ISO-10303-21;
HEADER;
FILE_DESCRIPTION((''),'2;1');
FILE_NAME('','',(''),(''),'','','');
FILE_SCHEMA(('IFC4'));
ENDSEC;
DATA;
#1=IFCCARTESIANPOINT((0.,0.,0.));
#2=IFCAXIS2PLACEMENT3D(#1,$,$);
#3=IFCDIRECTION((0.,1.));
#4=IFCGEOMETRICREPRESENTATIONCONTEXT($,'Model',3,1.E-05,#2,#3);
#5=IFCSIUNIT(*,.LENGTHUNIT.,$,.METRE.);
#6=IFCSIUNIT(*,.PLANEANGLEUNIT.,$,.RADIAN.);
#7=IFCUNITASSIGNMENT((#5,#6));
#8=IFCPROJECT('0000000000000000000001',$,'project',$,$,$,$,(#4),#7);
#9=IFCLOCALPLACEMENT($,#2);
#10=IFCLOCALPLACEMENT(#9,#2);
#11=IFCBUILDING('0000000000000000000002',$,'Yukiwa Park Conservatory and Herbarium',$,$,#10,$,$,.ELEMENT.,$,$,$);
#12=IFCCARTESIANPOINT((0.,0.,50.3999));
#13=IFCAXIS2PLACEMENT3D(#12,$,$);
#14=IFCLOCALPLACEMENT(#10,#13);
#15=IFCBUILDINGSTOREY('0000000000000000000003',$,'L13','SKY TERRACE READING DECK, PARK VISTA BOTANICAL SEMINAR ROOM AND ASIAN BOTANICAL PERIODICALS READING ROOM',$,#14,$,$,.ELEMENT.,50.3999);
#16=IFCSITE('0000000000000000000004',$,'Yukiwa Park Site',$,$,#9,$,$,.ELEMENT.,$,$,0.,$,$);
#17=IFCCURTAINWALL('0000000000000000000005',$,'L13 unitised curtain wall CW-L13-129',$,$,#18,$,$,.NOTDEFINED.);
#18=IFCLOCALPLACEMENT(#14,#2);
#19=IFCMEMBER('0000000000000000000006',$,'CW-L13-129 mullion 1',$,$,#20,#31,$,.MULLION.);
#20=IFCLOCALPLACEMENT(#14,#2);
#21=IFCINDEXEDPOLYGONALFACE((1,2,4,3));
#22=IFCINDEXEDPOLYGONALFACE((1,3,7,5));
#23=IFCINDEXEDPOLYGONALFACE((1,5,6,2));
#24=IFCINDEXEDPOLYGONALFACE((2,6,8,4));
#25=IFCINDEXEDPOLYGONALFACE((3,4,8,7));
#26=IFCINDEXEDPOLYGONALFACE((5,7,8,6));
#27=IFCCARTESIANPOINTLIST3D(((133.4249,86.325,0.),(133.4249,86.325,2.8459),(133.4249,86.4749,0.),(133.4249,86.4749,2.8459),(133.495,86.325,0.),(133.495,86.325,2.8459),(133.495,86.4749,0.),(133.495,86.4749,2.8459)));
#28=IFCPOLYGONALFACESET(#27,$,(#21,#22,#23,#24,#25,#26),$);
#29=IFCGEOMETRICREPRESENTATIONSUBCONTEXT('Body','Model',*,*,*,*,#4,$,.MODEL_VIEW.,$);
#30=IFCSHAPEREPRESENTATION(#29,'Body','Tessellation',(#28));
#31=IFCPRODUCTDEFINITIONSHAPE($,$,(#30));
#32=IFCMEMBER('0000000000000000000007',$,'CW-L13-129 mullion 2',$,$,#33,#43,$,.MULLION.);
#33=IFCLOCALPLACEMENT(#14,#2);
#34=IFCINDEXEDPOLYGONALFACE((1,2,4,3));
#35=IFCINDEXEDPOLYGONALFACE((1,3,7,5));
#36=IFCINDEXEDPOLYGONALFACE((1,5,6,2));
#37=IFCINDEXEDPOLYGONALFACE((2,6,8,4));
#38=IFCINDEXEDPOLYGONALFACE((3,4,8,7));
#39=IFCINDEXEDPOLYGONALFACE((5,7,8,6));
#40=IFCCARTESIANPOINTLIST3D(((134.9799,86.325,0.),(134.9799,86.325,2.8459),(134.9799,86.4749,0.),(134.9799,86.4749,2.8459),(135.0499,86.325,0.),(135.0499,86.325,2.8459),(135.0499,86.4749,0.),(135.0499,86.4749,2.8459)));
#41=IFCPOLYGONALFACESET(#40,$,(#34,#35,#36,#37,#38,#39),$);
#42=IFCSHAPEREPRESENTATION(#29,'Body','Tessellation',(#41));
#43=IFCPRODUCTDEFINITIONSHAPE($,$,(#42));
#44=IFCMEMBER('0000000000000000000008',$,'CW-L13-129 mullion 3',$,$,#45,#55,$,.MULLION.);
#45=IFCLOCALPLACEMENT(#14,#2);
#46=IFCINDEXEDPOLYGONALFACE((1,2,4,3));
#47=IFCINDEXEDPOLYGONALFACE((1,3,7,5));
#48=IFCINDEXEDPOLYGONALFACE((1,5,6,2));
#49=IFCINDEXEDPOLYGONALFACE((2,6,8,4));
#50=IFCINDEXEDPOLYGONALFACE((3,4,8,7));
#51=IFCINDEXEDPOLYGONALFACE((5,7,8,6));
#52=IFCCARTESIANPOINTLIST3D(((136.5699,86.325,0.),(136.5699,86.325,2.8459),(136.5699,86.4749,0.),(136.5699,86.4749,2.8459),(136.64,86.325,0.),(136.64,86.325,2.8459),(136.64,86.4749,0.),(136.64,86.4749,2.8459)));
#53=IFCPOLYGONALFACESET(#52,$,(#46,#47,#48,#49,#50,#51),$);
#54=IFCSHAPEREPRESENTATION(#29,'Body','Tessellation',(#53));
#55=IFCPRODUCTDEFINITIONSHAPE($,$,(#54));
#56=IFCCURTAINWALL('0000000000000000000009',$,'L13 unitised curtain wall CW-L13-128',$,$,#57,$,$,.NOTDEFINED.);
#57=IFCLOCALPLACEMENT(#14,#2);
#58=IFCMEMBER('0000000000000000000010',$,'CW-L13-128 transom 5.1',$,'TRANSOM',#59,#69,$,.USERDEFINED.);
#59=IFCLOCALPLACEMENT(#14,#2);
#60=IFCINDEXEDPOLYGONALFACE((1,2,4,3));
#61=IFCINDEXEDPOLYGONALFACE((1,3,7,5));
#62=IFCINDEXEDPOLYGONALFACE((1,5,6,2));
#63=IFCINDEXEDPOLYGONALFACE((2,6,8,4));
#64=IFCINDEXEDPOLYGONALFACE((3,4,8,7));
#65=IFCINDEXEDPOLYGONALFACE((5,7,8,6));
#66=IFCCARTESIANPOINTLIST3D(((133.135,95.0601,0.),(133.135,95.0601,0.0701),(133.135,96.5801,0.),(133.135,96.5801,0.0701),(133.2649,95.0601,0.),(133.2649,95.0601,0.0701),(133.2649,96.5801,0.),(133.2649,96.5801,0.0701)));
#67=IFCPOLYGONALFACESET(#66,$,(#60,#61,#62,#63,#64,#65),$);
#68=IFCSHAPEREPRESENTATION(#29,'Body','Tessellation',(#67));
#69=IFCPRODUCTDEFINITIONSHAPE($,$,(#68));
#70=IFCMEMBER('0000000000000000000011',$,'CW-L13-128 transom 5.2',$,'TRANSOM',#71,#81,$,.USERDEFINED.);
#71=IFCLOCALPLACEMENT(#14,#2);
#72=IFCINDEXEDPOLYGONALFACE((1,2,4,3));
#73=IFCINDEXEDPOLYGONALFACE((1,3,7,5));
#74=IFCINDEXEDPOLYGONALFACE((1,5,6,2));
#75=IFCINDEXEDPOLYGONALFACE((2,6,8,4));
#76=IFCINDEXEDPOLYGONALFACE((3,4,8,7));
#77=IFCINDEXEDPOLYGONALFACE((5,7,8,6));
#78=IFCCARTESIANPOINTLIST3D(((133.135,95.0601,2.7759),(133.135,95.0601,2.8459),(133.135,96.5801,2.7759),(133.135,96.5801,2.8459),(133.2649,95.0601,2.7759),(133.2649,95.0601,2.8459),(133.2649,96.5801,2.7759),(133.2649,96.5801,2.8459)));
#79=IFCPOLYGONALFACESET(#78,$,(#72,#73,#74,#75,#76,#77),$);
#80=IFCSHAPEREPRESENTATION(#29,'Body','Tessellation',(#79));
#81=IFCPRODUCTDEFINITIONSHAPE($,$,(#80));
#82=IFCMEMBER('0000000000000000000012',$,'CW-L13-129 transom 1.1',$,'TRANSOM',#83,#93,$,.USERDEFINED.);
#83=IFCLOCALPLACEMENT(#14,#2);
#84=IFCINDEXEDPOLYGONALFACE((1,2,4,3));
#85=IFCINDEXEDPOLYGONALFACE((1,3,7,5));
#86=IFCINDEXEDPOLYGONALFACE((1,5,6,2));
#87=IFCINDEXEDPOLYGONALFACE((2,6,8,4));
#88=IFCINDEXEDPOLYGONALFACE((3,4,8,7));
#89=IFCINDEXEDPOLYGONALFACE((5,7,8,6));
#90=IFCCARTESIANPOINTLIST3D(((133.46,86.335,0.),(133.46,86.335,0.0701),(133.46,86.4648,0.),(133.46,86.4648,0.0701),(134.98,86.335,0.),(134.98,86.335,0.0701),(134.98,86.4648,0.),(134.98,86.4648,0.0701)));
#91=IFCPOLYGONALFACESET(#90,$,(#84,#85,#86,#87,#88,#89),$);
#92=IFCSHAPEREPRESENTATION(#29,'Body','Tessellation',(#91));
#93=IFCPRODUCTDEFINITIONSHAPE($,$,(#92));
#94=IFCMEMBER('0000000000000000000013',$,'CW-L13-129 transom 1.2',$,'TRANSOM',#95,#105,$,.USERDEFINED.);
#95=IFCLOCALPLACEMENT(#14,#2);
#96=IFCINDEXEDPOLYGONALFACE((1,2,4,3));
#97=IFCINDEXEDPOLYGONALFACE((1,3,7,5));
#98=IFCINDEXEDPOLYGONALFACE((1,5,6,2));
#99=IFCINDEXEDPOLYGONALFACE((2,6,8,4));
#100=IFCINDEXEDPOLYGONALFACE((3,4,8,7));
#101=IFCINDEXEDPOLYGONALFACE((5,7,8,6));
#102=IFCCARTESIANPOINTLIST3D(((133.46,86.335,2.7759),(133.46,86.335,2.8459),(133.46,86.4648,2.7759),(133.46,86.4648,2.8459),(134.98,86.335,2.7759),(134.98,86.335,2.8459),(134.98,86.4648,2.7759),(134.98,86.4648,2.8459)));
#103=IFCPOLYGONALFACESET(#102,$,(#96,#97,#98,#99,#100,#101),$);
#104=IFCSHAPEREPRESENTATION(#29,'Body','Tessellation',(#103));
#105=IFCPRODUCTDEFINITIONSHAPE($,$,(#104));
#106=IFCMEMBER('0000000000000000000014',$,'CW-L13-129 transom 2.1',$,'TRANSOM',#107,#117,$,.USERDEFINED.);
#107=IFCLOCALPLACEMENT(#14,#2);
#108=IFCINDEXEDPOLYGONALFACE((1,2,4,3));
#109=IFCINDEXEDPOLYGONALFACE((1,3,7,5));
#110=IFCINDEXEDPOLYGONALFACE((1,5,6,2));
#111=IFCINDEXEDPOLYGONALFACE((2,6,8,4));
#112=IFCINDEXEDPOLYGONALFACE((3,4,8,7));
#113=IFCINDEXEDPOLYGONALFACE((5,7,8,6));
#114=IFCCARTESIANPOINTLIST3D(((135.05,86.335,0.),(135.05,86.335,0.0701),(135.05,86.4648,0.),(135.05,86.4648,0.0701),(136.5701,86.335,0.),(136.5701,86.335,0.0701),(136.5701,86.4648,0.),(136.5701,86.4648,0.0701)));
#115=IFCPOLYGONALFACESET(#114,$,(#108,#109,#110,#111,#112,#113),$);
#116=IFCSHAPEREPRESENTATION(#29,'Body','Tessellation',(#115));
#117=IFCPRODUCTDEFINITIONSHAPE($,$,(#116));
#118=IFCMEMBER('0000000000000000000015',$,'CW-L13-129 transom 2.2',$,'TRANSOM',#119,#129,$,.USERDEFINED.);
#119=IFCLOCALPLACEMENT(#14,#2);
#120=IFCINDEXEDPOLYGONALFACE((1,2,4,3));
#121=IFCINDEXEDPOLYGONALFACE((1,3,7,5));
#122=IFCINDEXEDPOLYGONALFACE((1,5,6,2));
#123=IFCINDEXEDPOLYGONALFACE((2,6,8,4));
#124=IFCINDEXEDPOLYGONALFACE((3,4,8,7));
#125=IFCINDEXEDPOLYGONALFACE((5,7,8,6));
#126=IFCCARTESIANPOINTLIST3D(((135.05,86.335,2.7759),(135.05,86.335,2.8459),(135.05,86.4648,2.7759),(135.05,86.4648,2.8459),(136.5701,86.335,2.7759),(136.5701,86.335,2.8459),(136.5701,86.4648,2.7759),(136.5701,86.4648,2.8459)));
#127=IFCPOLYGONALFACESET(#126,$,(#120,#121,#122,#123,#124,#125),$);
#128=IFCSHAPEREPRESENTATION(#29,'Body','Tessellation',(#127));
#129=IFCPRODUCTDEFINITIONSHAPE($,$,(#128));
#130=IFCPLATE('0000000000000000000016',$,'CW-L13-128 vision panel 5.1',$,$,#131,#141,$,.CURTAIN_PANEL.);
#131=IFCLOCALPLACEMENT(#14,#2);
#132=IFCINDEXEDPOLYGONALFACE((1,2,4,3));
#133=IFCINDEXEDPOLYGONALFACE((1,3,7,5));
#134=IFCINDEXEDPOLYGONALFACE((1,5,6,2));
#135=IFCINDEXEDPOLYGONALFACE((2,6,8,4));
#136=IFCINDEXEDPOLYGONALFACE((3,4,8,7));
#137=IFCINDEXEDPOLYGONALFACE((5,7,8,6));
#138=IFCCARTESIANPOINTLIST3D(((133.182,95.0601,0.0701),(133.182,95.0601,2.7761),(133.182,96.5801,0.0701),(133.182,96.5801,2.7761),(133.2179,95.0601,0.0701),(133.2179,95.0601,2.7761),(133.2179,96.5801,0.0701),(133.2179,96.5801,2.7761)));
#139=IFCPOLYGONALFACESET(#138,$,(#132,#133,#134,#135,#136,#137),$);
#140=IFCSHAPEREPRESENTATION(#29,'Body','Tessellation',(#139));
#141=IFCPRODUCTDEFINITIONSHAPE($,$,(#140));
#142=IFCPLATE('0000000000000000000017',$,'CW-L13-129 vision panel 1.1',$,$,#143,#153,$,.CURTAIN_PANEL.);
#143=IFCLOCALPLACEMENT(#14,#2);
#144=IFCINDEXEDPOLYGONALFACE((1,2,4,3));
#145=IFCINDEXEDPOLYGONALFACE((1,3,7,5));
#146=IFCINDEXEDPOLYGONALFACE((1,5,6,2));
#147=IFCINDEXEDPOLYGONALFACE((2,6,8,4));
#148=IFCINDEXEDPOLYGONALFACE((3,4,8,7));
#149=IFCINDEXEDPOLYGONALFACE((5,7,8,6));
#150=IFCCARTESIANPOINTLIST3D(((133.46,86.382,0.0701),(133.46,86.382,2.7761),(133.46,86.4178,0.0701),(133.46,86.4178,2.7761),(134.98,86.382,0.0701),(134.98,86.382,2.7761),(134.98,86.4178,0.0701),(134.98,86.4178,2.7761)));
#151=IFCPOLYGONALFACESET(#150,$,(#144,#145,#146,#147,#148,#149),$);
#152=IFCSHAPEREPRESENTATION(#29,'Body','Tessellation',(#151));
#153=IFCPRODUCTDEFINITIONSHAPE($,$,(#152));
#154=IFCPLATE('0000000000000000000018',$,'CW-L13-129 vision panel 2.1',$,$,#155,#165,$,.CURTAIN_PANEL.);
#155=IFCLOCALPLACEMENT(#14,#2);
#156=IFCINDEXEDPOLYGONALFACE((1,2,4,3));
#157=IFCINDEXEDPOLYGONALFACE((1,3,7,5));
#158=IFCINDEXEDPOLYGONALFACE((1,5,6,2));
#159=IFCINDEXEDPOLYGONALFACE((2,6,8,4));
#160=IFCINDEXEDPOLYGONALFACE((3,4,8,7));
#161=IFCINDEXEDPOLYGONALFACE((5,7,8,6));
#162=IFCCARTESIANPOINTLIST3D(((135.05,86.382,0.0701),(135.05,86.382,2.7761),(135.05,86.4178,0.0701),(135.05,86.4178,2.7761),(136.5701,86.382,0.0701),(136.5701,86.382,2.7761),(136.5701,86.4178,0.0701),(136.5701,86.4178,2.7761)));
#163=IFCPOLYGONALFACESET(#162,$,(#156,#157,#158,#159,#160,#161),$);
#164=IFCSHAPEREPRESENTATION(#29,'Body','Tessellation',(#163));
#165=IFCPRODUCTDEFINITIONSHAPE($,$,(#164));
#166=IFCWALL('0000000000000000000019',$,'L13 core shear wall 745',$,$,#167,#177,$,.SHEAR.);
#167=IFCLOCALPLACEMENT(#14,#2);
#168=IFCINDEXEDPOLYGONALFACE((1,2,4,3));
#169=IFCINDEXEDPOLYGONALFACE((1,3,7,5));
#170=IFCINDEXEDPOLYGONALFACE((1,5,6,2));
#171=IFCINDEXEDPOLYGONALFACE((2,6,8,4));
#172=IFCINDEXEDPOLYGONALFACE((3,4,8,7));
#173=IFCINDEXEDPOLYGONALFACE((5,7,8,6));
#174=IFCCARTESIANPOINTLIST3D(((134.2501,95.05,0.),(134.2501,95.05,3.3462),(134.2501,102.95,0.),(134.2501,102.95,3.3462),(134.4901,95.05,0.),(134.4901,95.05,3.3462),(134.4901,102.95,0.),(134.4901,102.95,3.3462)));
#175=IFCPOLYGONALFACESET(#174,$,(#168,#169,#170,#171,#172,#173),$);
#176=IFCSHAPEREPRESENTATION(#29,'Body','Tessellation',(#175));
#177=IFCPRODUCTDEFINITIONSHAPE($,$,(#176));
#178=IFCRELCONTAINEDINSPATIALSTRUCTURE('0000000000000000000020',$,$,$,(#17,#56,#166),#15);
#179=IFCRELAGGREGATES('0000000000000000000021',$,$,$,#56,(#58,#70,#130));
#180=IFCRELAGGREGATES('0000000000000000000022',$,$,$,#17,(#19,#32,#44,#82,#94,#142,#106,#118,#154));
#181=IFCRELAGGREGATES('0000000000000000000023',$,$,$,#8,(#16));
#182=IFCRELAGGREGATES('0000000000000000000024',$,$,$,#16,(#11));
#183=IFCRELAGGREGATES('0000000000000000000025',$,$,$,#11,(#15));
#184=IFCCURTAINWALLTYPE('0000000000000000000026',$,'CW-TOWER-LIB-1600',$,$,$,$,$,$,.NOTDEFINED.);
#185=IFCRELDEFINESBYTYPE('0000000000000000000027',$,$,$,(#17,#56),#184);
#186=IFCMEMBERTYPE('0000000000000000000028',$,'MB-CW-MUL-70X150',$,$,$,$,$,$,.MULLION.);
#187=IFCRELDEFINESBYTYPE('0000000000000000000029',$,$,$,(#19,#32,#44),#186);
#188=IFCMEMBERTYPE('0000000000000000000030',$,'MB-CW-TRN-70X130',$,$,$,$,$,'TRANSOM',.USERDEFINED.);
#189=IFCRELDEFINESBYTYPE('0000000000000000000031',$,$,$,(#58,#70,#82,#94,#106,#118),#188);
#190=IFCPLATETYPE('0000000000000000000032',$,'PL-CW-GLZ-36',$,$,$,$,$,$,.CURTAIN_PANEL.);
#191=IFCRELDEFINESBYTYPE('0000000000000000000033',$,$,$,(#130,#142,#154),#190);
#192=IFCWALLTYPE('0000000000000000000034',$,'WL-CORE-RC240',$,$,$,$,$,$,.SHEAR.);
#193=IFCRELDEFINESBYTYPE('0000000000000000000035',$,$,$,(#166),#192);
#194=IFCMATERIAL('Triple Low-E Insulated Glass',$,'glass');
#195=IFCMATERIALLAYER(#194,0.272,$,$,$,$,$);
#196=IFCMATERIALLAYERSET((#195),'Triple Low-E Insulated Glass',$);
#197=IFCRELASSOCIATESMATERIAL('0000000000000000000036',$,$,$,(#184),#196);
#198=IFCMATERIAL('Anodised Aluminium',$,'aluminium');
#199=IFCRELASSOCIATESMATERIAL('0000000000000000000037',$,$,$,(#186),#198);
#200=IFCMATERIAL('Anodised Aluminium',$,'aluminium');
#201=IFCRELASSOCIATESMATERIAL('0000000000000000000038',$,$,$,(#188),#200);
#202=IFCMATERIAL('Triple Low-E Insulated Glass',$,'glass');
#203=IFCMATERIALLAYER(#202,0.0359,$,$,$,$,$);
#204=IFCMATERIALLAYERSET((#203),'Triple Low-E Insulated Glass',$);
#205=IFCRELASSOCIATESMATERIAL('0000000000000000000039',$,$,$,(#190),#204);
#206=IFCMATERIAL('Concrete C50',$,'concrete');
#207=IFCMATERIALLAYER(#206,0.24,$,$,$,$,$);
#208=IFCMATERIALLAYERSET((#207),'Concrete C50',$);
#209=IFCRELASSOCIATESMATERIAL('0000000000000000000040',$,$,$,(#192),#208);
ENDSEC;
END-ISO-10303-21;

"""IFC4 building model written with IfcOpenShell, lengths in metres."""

from ifc_helpers import new_model, si_unit, direction, frame, frame_2d, origin, origin_2d, place, context, subcontext, project, spatial, rectangle, extrude, material, layer, layer_set, type_object, element, aggregate, save


model = new_model("IFC4")

# Units and contexts
model_context = context("Model", 3, precision=1e-05, world=origin(), true_north=direction((0.0, 1.0)))
body_context = subcontext(model_context, "Body", "Model", "MODEL_VIEW")
ifc_project = project(units=[si_unit("LENGTHUNIT", "METRE"), si_unit("PLANEANGLEUNIT", "RADIAN")], contexts=[model_context])

# Site, building, storey
site_placement = place(None, origin())
site = spatial("IfcSite", under=ifc_project, at=site_placement, Name="Yukiwa Park Site", CompositionType="ELEMENT", RefElevation=0.0)
building_placement = place(site_placement, origin())
building = spatial("IfcBuilding", under=site, at=building_placement, Name="Yukiwa Park Conservatory and Herbarium", CompositionType="ELEMENT")
storey_placement = place(building_placement, frame((0.0, 0.0, 50.3999)))
storey = spatial("IfcBuildingStorey", under=building, at=storey_placement, Name="L13", Description="SKY TERRACE READING DECK, PARK VISTA BOTANICAL SEMINAR ROOM AND ASIAN BOTANICAL PERIODICALS READING ROOM", CompositionType="ELEMENT", Elevation=50.3999)

# Curtain walls, members
ifc_material_1 = material(Name="Triple Low-E Insulated Glass", Category="glass")
ifc_layer_1 = layer(ifc_material_1, 0.272)
ifc_layer_set_1 = layer_set([ifc_layer_1], Name="Triple Low-E Insulated Glass")
curtain_wall_type = type_object("IfcCurtainWallType", Name="CW-TOWER-LIB-1600", PredefinedType="NOTDEFINED", material=ifc_layer_set_1)
curtain_wall_1_placement = place(storey_placement, origin())
curtain_wall_1 = element("IfcCurtainWall", 1, at=curtain_wall_1_placement, inside=storey, type_object=curtain_wall_type, Name="L13 unitised curtain wall CW-L13-129", PredefinedType="NOTDEFINED")
ifc_material_2 = material(Name="Anodised Aluminium", Category="aluminium")
member_type_1 = type_object("IfcMemberType", Name="MB-CW-MUL-70X150", PredefinedType="MULLION", material=ifc_material_2)
member_1_placement = place(storey_placement, frame((133.46, 86.3999, 0.0), z_axis=(0.0, 0.0, 1.0), x_axis=(1.0, 0.0, 0.0)))
member_1 = element("IfcMember", 2, at=member_1_placement, type_object=member_type_1, Name="CW-L13-129 mullion 1", PredefinedType="MULLION", context=body_context, shape_type="SweptSolid", body=[
    extrude(rectangle(XDim=0.0701, YDim=0.1499, at=origin_2d()), origin(), (0.0, 0.0, 1.0), 2.8459),
])
member_2_placement = place(storey_placement, frame((135.0149, 86.3999, 0.0), z_axis=(0.0, 0.0, 1.0), x_axis=(1.0, 0.0, 0.0)))
member_2 = element("IfcMember", 3, at=member_2_placement, type_object=member_type_1, Name="CW-L13-129 mullion 2", PredefinedType="MULLION", context=body_context, shape_type="SweptSolid", body=[
    extrude(rectangle(XDim=0.0701, YDim=0.1499, at=origin_2d()), origin(), (0.0, 0.0, 1.0), 2.8459),
])
member_3_placement = place(storey_placement, frame((136.605, 86.3999, 0.0), z_axis=(0.0, 0.0, 1.0), x_axis=(1.0, 0.0, 0.0)))
member_3 = element("IfcMember", 4, at=member_3_placement, type_object=member_type_1, Name="CW-L13-129 mullion 3", PredefinedType="MULLION", context=body_context, shape_type="SweptSolid", body=[
    extrude(rectangle(XDim=0.0701, YDim=0.1499, at=origin_2d()), origin(), (0.0, 0.0, 1.0), 2.8459),
])
curtain_wall_2_placement = place(storey_placement, origin())
curtain_wall_2 = element("IfcCurtainWall", 5, at=curtain_wall_2_placement, inside=storey, type_object=curtain_wall_type, Name="L13 unitised curtain wall CW-L13-128", PredefinedType="NOTDEFINED")
ifc_material_3 = material(Name="Anodised Aluminium", Category="aluminium")
member_type_2 = type_object("IfcMemberType", Name="MB-CW-TRN-70X130", ElementType="TRANSOM", PredefinedType="USERDEFINED", material=ifc_material_3)
member_4_placement = place(storey_placement, frame((133.2, 95.8201, 0.0), z_axis=(0.0, 0.0, 1.0), x_axis=(0.0, -1.0, 0.0)))
member_4 = element("IfcMember", 6, at=member_4_placement, type_object=member_type_2, Name="CW-L13-128 transom 5.1", ObjectType="TRANSOM", PredefinedType="USERDEFINED", context=body_context, shape_type="SweptSolid", body=[
    extrude(rectangle(XDim=1.52, YDim=0.1299, at=origin_2d()), origin(), (0.0, 0.0, 1.0), 0.0701),
])
member_5_placement = place(storey_placement, frame((133.2, 95.8201, 2.7759), z_axis=(0.0, 0.0, 1.0), x_axis=(0.0, -1.0, 0.0)))
member_5 = element("IfcMember", 7, at=member_5_placement, type_object=member_type_2, Name="CW-L13-128 transom 5.2", ObjectType="TRANSOM", PredefinedType="USERDEFINED", context=body_context, shape_type="SweptSolid", body=[
    extrude(rectangle(XDim=1.52, YDim=0.1299, at=origin_2d()), origin(), (0.0, 0.0, 1.0), 0.0701),
])

# Members
member_6_placement = place(storey_placement, frame((134.22, 86.3999, 0.0), z_axis=(0.0, 0.0, 1.0), x_axis=(1.0, 0.0, 0.0)))
member_6 = element("IfcMember", 8, at=member_6_placement, type_object=member_type_2, Name="CW-L13-129 transom 1.1", ObjectType="TRANSOM", PredefinedType="USERDEFINED", context=body_context, shape_type="SweptSolid", body=[
    extrude(rectangle(XDim=1.52, YDim=0.1299, at=origin_2d()), origin(), (0.0, 0.0, 1.0), 0.0701),
])
member_7_placement = place(storey_placement, frame((134.22, 86.3999, 2.7759), z_axis=(0.0, 0.0, 1.0), x_axis=(1.0, 0.0, 0.0)))
member_7 = element("IfcMember", 9, at=member_7_placement, type_object=member_type_2, Name="CW-L13-129 transom 1.2", ObjectType="TRANSOM", PredefinedType="USERDEFINED", context=body_context, shape_type="SweptSolid", body=[
    extrude(rectangle(XDim=1.52, YDim=0.1299, at=origin_2d()), origin(), (0.0, 0.0, 1.0), 0.0701),
])
member_8_placement = place(storey_placement, frame((135.8101, 86.3999, 0.0), z_axis=(0.0, 0.0, 1.0), x_axis=(1.0, 0.0, 0.0)))
member_8 = element("IfcMember", 10, at=member_8_placement, type_object=member_type_2, Name="CW-L13-129 transom 2.1", ObjectType="TRANSOM", PredefinedType="USERDEFINED", context=body_context, shape_type="SweptSolid", body=[
    extrude(rectangle(XDim=1.52, YDim=0.1299, at=origin_2d()), origin(), (0.0, 0.0, 1.0), 0.0701),
])
member_9_placement = place(storey_placement, frame((135.8101, 86.3999, 2.7759), z_axis=(0.0, 0.0, 1.0), x_axis=(1.0, 0.0, 0.0)))
member_9 = element("IfcMember", 11, at=member_9_placement, type_object=member_type_2, Name="CW-L13-129 transom 2.2", ObjectType="TRANSOM", PredefinedType="USERDEFINED", context=body_context, shape_type="SweptSolid", body=[
    extrude(rectangle(XDim=1.52, YDim=0.1299, at=origin_2d()), origin(), (0.0, 0.0, 1.0), 0.0701),
])

# Plates
ifc_material_4 = material(Name="Triple Low-E Insulated Glass", Category="glass")
ifc_layer_2 = layer(ifc_material_4, 0.0359)
ifc_layer_set_2 = layer_set([ifc_layer_2], Name="Triple Low-E Insulated Glass")
plate_type = type_object("IfcPlateType", Name="PL-CW-GLZ-36", PredefinedType="CURTAIN_PANEL", material=ifc_layer_set_2)
plate_1_placement = place(storey_placement, frame((133.2, 95.8201, 0.0701), z_axis=(0.0, 0.0, 1.0), x_axis=(0.0, -1.0, 0.0)))
plate_1 = element("IfcPlate", 12, at=plate_1_placement, type_object=plate_type, Name="CW-L13-128 vision panel 5.1", PredefinedType="CURTAIN_PANEL", context=body_context, shape_type="SweptSolid", body=[
    extrude(rectangle(XDim=1.52, YDim=0.0359, at=origin_2d()), origin(), (0.0, 0.0, 1.0), 2.7061),
])
aggregate(curtain_wall_2, [member_4, member_5, plate_1])
plate_2_placement = place(storey_placement, frame((134.22, 86.3999, 0.0701), z_axis=(0.0, 0.0, 1.0), x_axis=(1.0, 0.0, 0.0)))
plate_2 = element("IfcPlate", 13, at=plate_2_placement, type_object=plate_type, Name="CW-L13-129 vision panel 1.1", PredefinedType="CURTAIN_PANEL", context=body_context, shape_type="SweptSolid", body=[
    extrude(rectangle(XDim=1.52, YDim=0.0359, at=origin_2d()), origin(), (0.0, 0.0, 1.0), 2.7061),
])
plate_3_placement = place(storey_placement, frame((135.8101, 86.3999, 0.0701), z_axis=(0.0, 0.0, 1.0), x_axis=(1.0, 0.0, 0.0)))
plate_3 = element("IfcPlate", 14, at=plate_3_placement, type_object=plate_type, Name="CW-L13-129 vision panel 2.1", PredefinedType="CURTAIN_PANEL", context=body_context, shape_type="SweptSolid", body=[
    extrude(rectangle(XDim=1.52, YDim=0.0359, at=origin_2d()), origin(), (0.0, 0.0, 1.0), 2.7061),
])
aggregate(curtain_wall_1, [member_1, member_2, member_3, member_6, member_7, plate_2, member_8, member_9, plate_3])

# Shared definitions
ifc_material_5 = material(Name="Concrete C50", Category="concrete")
ifc_layer_3 = layer(ifc_material_5, 0.24)
ifc_layer_set_3 = layer_set([ifc_layer_3], Name="Concrete C50")
wall_type_1 = type_object("IfcWallType", Name="WL-CORE-RC240", PredefinedType="SHEAR", material=ifc_layer_set_3)

# Wall
wall_1_placement = place(storey_placement, frame((134.3701, 95.05, 0.0), z_axis=(0.0, 0.0, 1.0), x_axis=(0.0, 1.0, 0.0)))
element("IfcWall", 15, at=wall_1_placement, inside=storey, type_object=wall_type_1, Name="L13 core shear wall 745", PredefinedType="SHEAR", context=body_context, shape_type="SweptSolid", body=[
    extrude(rectangle(XDim=7.8999, YDim=0.24, at=frame_2d((3.95, 0.0))), origin(), (0.0, 0.0, 1.0), 3.3462),
])

save(model, "model.ifc")
